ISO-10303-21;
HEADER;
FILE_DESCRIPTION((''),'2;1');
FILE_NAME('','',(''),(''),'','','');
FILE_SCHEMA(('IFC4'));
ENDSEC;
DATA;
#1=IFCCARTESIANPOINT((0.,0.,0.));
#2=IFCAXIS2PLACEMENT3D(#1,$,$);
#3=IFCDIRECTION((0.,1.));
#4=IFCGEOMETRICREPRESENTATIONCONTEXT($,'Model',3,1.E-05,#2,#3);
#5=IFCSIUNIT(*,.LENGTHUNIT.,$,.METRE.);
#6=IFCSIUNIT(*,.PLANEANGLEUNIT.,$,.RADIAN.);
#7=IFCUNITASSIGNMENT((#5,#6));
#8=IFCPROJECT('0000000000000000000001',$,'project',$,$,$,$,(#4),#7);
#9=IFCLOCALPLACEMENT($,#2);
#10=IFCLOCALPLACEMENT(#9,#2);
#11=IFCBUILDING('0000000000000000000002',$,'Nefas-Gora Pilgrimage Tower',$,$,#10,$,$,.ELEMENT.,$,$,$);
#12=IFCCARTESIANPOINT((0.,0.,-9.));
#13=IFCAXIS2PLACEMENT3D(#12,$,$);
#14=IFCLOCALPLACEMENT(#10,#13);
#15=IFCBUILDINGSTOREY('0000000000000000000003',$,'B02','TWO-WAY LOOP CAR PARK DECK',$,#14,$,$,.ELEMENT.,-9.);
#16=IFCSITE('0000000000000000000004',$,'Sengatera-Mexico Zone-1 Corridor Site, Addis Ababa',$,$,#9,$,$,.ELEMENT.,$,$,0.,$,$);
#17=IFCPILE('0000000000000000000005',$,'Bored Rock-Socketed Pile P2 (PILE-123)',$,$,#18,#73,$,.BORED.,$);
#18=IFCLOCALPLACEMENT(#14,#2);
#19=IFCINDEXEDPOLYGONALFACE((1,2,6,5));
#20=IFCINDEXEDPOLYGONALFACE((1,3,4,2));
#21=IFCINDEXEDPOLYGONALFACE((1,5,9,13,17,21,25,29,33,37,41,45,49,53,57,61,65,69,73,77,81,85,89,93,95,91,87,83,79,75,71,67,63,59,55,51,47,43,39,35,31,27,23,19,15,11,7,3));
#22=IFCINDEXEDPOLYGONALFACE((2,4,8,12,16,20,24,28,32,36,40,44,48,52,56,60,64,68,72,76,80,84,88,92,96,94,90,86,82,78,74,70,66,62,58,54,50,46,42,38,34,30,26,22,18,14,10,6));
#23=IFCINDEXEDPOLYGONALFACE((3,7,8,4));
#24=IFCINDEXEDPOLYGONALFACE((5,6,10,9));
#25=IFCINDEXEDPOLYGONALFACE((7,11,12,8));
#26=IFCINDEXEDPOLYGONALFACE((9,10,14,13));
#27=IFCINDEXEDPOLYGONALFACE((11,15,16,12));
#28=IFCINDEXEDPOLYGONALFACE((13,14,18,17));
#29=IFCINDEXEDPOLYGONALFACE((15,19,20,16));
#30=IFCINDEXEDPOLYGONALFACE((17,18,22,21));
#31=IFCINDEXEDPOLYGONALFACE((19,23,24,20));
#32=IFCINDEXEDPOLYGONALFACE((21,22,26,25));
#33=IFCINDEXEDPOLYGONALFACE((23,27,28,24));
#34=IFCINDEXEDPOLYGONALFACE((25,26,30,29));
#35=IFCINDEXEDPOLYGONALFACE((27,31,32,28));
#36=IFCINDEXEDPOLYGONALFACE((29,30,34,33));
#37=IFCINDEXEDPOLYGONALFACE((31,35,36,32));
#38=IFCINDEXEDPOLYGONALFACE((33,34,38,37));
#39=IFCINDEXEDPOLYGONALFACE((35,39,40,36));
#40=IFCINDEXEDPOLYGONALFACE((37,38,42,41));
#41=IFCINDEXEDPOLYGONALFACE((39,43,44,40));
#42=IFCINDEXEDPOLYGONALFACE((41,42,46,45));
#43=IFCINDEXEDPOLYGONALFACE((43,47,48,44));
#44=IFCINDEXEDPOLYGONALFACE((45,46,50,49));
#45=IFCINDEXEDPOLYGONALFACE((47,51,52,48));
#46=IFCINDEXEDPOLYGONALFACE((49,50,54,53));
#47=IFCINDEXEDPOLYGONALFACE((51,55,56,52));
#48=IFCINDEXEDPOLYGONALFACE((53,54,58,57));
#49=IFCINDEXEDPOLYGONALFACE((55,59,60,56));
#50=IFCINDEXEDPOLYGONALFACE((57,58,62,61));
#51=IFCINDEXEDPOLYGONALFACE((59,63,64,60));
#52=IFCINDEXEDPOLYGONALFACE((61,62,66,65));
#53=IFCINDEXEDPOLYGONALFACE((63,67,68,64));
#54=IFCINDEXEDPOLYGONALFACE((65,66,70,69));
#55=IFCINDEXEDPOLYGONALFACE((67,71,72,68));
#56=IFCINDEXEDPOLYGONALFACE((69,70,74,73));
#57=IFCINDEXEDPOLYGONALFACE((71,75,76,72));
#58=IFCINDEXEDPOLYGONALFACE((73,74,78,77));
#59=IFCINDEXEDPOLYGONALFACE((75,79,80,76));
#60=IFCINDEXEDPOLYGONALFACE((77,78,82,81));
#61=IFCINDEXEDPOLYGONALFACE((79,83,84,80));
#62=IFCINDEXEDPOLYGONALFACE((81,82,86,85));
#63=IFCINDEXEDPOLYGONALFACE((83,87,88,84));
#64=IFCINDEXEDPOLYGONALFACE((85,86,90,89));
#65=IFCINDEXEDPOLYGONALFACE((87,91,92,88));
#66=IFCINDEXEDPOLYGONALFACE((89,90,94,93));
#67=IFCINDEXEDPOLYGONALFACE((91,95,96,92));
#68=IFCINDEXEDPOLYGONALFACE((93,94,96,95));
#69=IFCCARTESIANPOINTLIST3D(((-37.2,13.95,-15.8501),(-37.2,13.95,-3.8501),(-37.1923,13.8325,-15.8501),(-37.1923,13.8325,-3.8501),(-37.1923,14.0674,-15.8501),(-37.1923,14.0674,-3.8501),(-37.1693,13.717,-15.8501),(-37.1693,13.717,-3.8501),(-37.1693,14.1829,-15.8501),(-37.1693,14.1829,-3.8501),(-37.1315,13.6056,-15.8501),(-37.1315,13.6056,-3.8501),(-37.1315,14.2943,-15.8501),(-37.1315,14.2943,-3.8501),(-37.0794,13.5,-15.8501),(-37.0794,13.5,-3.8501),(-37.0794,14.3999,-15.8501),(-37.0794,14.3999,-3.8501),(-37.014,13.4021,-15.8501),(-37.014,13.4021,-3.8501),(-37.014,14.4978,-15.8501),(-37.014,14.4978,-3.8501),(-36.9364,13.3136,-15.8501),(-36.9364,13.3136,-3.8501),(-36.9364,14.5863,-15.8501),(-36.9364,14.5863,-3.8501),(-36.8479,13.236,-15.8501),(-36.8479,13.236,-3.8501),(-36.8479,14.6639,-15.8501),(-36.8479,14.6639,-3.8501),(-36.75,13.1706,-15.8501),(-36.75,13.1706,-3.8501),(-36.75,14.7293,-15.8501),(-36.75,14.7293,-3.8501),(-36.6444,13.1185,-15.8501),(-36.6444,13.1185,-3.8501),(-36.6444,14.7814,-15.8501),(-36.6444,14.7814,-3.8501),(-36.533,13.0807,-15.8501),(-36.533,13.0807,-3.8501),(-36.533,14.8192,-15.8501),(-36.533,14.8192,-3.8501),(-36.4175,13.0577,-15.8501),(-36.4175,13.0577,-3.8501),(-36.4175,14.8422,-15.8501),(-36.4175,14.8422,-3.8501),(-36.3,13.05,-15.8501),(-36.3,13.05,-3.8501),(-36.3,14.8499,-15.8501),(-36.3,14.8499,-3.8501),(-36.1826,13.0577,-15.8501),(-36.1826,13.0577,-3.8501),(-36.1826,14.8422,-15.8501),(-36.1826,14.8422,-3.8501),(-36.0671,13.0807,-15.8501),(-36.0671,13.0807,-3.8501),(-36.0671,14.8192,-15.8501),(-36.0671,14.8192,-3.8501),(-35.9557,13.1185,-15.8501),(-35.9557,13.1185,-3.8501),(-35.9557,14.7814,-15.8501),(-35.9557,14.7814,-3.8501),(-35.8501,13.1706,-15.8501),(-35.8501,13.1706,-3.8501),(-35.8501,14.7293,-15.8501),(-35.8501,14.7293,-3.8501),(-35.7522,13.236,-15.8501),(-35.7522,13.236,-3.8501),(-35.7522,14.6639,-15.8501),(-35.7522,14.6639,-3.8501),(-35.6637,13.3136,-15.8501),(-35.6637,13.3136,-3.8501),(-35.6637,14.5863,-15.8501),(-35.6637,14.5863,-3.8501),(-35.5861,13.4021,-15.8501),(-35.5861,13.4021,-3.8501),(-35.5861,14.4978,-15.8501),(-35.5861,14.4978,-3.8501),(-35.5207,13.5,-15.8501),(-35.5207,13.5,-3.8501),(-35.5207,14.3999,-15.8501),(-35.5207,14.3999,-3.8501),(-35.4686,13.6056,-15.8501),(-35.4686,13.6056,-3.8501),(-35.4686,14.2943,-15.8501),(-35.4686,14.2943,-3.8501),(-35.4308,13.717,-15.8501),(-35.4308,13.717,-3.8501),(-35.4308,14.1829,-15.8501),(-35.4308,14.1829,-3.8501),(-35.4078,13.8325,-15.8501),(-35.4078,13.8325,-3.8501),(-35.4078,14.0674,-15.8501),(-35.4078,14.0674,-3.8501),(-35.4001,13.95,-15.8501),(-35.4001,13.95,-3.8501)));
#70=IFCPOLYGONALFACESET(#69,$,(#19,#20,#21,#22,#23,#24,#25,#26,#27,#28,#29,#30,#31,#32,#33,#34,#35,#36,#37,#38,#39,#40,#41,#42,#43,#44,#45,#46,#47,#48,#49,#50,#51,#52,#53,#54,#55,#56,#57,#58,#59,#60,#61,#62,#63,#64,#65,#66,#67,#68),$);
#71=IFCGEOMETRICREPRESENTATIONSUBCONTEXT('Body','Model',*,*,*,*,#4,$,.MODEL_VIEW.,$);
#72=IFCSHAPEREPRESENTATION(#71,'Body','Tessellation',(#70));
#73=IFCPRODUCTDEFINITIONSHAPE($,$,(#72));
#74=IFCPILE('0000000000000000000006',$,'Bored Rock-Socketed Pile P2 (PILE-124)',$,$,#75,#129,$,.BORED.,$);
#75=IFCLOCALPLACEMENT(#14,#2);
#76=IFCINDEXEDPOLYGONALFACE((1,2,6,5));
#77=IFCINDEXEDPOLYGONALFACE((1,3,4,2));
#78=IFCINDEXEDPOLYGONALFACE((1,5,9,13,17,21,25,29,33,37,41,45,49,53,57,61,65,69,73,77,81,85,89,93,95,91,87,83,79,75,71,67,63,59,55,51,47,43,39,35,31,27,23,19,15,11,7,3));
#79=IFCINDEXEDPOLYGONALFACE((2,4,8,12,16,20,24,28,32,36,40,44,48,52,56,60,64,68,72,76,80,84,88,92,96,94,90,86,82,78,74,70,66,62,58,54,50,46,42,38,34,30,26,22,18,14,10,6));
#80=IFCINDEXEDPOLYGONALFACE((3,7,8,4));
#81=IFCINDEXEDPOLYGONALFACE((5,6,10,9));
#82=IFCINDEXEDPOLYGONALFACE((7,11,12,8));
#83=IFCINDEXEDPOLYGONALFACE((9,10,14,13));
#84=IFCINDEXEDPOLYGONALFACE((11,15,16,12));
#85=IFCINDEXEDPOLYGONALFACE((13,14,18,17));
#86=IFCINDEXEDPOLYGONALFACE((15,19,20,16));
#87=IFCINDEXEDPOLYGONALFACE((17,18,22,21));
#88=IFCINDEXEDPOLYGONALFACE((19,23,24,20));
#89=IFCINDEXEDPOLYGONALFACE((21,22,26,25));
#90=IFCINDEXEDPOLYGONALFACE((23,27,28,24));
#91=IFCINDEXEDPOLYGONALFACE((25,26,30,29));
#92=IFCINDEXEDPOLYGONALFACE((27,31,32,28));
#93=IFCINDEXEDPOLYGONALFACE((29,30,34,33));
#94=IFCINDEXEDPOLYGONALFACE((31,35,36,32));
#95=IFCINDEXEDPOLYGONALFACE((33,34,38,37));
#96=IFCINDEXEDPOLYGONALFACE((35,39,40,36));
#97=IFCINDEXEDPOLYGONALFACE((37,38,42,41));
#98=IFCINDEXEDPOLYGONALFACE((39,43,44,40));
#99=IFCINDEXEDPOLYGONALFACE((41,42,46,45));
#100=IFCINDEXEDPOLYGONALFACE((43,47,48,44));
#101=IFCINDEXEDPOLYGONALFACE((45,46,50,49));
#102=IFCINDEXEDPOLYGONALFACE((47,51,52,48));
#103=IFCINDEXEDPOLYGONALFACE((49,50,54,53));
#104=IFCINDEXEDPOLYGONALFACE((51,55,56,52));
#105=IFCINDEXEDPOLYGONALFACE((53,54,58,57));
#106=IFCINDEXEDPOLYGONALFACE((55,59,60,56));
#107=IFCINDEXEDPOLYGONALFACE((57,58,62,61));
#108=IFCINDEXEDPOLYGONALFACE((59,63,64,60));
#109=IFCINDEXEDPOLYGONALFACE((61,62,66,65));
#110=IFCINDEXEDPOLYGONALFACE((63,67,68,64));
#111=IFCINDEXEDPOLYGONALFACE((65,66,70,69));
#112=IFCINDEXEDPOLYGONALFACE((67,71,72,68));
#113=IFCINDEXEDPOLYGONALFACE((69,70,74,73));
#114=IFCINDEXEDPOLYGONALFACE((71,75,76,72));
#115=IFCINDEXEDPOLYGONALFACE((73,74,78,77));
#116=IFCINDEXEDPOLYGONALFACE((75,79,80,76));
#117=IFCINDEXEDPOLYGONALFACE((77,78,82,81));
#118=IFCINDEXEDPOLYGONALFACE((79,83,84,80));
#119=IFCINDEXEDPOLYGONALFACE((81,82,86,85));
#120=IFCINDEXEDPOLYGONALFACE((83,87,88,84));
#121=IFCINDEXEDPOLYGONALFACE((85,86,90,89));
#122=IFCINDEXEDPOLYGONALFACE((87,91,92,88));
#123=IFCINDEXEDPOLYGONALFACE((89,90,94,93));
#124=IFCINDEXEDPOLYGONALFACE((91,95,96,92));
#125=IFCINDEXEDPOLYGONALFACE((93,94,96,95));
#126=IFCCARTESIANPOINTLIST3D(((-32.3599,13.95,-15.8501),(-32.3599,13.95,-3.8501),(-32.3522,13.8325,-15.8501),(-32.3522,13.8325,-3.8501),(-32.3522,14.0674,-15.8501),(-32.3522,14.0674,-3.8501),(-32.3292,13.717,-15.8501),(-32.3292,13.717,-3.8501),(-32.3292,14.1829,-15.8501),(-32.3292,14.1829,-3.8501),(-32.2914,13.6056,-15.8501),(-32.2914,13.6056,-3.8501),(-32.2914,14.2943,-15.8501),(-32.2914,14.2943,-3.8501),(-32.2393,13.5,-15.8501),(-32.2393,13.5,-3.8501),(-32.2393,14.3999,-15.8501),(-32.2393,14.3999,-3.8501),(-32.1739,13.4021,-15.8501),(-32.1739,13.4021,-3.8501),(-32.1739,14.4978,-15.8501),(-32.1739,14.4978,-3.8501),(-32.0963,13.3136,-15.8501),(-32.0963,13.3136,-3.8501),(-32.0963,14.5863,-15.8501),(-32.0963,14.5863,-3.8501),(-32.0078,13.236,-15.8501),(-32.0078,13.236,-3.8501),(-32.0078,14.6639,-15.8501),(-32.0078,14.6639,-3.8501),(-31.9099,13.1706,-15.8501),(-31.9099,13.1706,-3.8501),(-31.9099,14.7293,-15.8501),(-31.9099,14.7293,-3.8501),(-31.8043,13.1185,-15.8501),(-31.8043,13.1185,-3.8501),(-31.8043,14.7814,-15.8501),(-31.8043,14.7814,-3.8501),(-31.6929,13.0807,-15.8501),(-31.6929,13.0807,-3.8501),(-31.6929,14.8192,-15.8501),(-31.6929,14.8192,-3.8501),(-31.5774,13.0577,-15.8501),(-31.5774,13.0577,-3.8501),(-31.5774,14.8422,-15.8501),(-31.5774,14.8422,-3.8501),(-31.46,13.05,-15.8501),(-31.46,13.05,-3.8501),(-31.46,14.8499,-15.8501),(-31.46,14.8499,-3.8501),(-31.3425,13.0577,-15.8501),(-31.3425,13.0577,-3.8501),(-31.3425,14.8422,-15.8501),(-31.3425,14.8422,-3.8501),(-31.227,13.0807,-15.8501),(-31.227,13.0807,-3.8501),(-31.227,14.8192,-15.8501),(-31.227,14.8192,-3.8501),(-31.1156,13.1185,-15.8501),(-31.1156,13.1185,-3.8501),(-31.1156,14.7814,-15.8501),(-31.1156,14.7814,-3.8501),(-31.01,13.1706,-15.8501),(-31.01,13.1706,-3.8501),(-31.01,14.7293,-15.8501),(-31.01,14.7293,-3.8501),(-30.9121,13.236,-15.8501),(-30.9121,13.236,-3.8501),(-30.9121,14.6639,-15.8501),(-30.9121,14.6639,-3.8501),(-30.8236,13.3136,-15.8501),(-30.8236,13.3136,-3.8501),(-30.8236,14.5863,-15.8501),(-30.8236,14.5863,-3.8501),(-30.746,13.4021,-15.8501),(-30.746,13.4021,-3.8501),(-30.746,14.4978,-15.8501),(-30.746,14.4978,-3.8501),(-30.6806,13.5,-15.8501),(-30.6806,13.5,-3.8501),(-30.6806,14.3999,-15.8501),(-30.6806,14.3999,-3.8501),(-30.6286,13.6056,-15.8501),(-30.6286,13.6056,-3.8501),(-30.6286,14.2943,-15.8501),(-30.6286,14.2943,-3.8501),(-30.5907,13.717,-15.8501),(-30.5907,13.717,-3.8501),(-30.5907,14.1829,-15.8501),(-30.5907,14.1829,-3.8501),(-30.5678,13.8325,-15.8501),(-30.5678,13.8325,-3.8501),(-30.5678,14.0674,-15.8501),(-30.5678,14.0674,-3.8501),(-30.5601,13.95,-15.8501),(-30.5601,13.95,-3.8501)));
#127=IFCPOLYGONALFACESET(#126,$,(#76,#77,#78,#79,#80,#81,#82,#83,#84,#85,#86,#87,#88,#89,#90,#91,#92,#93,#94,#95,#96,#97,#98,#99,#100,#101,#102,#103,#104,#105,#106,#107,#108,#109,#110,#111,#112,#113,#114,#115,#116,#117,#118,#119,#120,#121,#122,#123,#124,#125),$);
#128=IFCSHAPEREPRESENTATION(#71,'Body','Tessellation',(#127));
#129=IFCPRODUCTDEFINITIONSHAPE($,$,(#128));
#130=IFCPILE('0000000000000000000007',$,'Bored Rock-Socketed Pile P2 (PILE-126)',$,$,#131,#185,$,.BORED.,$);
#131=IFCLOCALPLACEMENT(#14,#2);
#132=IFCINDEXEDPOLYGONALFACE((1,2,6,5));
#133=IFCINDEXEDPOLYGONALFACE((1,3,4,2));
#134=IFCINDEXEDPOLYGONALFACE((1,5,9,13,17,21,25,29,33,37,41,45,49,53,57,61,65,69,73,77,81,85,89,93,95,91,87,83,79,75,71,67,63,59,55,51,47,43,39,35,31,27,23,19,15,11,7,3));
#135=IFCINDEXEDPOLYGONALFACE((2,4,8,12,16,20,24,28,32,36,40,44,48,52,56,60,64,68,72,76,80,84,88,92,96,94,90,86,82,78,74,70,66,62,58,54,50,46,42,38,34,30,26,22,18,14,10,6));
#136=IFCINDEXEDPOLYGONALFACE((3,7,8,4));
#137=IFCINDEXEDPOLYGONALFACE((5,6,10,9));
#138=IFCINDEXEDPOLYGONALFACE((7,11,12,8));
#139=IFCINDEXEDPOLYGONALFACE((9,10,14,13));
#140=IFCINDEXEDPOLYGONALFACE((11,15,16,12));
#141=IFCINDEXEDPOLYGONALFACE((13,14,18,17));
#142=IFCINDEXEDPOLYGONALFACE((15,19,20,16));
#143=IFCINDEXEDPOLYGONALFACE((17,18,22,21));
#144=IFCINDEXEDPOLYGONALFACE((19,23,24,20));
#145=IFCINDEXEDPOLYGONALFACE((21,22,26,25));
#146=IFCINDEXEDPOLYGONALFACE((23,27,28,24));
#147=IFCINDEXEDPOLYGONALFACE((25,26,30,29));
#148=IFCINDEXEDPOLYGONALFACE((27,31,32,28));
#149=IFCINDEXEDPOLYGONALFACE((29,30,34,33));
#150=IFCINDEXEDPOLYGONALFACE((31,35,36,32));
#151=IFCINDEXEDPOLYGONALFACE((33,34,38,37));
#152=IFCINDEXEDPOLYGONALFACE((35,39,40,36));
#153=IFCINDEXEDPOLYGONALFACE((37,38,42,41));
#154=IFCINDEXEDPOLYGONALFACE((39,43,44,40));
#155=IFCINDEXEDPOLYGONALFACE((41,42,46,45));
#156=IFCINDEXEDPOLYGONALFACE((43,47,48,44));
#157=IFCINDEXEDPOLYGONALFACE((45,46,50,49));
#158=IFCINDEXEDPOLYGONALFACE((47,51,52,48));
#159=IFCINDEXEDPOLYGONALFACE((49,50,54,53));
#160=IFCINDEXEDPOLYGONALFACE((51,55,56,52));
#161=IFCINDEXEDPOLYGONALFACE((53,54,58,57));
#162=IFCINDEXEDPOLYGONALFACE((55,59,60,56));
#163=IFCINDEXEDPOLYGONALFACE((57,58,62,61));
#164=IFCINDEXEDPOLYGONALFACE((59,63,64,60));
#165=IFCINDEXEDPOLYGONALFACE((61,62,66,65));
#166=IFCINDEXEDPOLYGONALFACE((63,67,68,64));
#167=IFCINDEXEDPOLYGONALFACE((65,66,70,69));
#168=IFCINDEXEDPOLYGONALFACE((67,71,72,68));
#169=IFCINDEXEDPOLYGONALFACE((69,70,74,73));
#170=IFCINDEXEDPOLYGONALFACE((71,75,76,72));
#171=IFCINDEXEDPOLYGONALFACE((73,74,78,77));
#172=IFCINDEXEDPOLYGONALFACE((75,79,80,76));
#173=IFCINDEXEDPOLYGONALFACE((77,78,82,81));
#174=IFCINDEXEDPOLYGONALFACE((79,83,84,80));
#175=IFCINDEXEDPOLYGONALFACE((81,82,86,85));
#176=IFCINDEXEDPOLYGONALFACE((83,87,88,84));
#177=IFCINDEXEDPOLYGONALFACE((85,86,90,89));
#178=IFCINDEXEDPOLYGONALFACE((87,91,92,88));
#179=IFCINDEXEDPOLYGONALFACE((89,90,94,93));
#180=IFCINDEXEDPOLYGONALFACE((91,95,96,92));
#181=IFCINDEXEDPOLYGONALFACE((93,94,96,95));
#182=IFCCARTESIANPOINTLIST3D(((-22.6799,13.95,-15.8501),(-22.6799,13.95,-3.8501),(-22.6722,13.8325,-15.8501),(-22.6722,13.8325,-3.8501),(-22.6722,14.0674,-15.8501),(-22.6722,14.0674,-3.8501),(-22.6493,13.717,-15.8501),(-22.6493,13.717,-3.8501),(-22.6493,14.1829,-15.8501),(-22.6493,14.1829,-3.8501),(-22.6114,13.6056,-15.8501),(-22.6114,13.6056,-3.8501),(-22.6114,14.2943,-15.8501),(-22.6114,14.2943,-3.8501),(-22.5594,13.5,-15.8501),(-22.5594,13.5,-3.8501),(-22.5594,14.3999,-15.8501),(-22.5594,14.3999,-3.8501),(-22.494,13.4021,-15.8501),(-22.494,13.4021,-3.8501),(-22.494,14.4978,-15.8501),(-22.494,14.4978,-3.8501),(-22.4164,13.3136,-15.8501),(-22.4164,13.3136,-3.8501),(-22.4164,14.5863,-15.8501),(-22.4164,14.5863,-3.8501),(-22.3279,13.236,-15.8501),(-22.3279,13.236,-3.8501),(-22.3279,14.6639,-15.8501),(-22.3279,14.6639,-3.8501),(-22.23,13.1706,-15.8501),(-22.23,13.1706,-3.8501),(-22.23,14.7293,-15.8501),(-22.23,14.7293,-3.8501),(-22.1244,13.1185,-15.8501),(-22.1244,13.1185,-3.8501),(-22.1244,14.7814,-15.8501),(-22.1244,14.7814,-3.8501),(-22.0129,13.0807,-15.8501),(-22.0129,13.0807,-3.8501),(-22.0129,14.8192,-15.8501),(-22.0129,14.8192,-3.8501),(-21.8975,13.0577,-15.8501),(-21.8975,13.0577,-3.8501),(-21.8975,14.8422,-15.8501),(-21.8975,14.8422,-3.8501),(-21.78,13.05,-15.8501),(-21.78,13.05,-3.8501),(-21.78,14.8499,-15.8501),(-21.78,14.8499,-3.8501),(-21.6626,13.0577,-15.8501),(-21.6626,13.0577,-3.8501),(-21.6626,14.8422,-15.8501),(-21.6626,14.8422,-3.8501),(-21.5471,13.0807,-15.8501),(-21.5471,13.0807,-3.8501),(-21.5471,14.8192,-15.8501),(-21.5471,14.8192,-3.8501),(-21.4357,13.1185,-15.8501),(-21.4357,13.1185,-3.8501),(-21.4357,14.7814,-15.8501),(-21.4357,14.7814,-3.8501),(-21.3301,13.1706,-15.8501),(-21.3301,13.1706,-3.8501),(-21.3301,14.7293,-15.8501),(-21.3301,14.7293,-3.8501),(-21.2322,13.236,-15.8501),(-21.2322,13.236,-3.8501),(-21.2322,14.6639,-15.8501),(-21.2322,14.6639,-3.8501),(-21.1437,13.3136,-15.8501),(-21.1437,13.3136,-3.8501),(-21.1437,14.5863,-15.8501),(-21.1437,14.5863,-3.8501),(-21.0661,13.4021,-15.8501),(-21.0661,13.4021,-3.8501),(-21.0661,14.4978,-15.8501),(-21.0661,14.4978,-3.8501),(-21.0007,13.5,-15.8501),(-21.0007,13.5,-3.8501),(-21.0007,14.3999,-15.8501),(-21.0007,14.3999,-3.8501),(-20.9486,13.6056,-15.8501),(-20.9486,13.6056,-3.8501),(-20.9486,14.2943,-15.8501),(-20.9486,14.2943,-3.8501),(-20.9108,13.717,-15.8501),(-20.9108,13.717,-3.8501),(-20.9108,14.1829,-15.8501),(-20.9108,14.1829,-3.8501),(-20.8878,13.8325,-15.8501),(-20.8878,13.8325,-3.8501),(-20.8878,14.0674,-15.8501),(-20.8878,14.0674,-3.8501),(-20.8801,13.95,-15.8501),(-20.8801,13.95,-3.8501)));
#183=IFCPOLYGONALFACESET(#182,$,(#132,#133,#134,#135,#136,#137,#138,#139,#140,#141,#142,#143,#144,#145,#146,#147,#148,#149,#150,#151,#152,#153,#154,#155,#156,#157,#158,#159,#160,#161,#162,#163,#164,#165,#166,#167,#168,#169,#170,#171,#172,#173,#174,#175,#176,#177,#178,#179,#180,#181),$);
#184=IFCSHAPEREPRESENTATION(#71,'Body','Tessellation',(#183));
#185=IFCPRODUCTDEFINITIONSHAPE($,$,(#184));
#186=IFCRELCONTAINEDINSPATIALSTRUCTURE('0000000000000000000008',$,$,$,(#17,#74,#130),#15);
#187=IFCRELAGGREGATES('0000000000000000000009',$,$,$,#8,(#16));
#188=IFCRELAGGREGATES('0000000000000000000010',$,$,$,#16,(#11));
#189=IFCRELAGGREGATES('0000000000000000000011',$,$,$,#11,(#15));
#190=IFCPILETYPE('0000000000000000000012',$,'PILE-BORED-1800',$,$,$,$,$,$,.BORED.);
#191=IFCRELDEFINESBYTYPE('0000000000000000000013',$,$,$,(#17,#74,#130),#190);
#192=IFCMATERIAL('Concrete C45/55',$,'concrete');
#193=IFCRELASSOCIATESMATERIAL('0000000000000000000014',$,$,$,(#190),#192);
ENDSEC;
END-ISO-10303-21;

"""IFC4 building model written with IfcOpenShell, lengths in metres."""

from ifc_helpers import new_model, si_unit, direction, frame, origin, origin_2d, place, context, subcontext, project, spatial, circle, extrude, source, transform, mapped, material, material_profile, profile_set, type_object, element, save


model = new_model("IFC4")

# Units and contexts
model_context = context("Model", 3, precision=1e-05, world=origin(), true_north=direction((0.0, 1.0)))
body_context = subcontext(model_context, "Body", "Model", "MODEL_VIEW")
ifc_project = project(units=[si_unit("LENGTHUNIT", "METRE"), si_unit("PLANEANGLEUNIT", "RADIAN")], contexts=[model_context])

# Site, building, storey
site_placement = place(None, origin())
site = spatial("IfcSite", under=ifc_project, at=site_placement, Name="Sengatera-Mexico Zone-1 Corridor Site, Addis Ababa", CompositionType="ELEMENT", RefElevation=0.0)
building_placement = place(site_placement, origin())
building = spatial("IfcBuilding", under=site, at=building_placement, Name="Nefas-Gora Pilgrimage Tower", CompositionType="ELEMENT")
storey_placement = place(building_placement, frame((0.0, 0.0, -9.0)))
storey = spatial("IfcBuildingStorey", under=building, at=storey_placement, Name="B02", Description="TWO-WAY LOOP CAR PARK DECK", CompositionType="ELEMENT", Elevation=-9.0)

# Piles
ifc_material_1 = material(Name="Concrete C45/55", Category="concrete")
ifc_material_profile_1 = material_profile(ifc_material_1, circle(Radius=0.8999, at=origin_2d()), Name="PILE D1800")
ifc_profile_set_1 = profile_set([ifc_material_profile_1], Name="Concrete C45/55")
pile_type_1 = type_object("IfcPileType", Name="PILE-BORED-1800", PredefinedType="BORED", material=ifc_profile_set_1)
shared_shape_1 = source(origin(), body_context, "Body", "SweptSolid", [
    extrude(circle(Radius=0.8999, at=origin_2d()), origin(), (0.0, 0.0, 1.0), 12.0),
])
for number, where, z_axis, x_axis, name in (
    (1, (-36.3, 13.95, -3.8501), (0.0, 0.0, -1.0), (1.0, 0.0, 0.0), "Bored Rock-Socketed Pile P2 (PILE-123)"),
    (2, (-31.46, 13.95, -3.8501), (0.0, 0.0, -1.0), (1.0, 0.0, 0.0), "Bored Rock-Socketed Pile P2 (PILE-124)"),
    (3, (-21.78, 13.95, -3.8501), (0.0, 0.0, -1.0), (1.0, 0.0, 0.0), "Bored Rock-Socketed Pile P2 (PILE-126)"),
):
    element("IfcPile", number, at=place(storey_placement, frame(where, z_axis=z_axis, x_axis=x_axis)), inside=storey, type_object=pile_type_1, Name=name, PredefinedType="BORED", context=body_context, shape_type="MappedRepresentation", body=[
        mapped(shared_shape_1, transform((0.0, 0.0, 0.0), x_axis=(1.0, 0.0, 0.0), y_axis=(0.0, 1.0, 0.0), z_axis=(0.0, 0.0, 1.0), scale=1.0)),
    ])

save(model, "model.ifc")
